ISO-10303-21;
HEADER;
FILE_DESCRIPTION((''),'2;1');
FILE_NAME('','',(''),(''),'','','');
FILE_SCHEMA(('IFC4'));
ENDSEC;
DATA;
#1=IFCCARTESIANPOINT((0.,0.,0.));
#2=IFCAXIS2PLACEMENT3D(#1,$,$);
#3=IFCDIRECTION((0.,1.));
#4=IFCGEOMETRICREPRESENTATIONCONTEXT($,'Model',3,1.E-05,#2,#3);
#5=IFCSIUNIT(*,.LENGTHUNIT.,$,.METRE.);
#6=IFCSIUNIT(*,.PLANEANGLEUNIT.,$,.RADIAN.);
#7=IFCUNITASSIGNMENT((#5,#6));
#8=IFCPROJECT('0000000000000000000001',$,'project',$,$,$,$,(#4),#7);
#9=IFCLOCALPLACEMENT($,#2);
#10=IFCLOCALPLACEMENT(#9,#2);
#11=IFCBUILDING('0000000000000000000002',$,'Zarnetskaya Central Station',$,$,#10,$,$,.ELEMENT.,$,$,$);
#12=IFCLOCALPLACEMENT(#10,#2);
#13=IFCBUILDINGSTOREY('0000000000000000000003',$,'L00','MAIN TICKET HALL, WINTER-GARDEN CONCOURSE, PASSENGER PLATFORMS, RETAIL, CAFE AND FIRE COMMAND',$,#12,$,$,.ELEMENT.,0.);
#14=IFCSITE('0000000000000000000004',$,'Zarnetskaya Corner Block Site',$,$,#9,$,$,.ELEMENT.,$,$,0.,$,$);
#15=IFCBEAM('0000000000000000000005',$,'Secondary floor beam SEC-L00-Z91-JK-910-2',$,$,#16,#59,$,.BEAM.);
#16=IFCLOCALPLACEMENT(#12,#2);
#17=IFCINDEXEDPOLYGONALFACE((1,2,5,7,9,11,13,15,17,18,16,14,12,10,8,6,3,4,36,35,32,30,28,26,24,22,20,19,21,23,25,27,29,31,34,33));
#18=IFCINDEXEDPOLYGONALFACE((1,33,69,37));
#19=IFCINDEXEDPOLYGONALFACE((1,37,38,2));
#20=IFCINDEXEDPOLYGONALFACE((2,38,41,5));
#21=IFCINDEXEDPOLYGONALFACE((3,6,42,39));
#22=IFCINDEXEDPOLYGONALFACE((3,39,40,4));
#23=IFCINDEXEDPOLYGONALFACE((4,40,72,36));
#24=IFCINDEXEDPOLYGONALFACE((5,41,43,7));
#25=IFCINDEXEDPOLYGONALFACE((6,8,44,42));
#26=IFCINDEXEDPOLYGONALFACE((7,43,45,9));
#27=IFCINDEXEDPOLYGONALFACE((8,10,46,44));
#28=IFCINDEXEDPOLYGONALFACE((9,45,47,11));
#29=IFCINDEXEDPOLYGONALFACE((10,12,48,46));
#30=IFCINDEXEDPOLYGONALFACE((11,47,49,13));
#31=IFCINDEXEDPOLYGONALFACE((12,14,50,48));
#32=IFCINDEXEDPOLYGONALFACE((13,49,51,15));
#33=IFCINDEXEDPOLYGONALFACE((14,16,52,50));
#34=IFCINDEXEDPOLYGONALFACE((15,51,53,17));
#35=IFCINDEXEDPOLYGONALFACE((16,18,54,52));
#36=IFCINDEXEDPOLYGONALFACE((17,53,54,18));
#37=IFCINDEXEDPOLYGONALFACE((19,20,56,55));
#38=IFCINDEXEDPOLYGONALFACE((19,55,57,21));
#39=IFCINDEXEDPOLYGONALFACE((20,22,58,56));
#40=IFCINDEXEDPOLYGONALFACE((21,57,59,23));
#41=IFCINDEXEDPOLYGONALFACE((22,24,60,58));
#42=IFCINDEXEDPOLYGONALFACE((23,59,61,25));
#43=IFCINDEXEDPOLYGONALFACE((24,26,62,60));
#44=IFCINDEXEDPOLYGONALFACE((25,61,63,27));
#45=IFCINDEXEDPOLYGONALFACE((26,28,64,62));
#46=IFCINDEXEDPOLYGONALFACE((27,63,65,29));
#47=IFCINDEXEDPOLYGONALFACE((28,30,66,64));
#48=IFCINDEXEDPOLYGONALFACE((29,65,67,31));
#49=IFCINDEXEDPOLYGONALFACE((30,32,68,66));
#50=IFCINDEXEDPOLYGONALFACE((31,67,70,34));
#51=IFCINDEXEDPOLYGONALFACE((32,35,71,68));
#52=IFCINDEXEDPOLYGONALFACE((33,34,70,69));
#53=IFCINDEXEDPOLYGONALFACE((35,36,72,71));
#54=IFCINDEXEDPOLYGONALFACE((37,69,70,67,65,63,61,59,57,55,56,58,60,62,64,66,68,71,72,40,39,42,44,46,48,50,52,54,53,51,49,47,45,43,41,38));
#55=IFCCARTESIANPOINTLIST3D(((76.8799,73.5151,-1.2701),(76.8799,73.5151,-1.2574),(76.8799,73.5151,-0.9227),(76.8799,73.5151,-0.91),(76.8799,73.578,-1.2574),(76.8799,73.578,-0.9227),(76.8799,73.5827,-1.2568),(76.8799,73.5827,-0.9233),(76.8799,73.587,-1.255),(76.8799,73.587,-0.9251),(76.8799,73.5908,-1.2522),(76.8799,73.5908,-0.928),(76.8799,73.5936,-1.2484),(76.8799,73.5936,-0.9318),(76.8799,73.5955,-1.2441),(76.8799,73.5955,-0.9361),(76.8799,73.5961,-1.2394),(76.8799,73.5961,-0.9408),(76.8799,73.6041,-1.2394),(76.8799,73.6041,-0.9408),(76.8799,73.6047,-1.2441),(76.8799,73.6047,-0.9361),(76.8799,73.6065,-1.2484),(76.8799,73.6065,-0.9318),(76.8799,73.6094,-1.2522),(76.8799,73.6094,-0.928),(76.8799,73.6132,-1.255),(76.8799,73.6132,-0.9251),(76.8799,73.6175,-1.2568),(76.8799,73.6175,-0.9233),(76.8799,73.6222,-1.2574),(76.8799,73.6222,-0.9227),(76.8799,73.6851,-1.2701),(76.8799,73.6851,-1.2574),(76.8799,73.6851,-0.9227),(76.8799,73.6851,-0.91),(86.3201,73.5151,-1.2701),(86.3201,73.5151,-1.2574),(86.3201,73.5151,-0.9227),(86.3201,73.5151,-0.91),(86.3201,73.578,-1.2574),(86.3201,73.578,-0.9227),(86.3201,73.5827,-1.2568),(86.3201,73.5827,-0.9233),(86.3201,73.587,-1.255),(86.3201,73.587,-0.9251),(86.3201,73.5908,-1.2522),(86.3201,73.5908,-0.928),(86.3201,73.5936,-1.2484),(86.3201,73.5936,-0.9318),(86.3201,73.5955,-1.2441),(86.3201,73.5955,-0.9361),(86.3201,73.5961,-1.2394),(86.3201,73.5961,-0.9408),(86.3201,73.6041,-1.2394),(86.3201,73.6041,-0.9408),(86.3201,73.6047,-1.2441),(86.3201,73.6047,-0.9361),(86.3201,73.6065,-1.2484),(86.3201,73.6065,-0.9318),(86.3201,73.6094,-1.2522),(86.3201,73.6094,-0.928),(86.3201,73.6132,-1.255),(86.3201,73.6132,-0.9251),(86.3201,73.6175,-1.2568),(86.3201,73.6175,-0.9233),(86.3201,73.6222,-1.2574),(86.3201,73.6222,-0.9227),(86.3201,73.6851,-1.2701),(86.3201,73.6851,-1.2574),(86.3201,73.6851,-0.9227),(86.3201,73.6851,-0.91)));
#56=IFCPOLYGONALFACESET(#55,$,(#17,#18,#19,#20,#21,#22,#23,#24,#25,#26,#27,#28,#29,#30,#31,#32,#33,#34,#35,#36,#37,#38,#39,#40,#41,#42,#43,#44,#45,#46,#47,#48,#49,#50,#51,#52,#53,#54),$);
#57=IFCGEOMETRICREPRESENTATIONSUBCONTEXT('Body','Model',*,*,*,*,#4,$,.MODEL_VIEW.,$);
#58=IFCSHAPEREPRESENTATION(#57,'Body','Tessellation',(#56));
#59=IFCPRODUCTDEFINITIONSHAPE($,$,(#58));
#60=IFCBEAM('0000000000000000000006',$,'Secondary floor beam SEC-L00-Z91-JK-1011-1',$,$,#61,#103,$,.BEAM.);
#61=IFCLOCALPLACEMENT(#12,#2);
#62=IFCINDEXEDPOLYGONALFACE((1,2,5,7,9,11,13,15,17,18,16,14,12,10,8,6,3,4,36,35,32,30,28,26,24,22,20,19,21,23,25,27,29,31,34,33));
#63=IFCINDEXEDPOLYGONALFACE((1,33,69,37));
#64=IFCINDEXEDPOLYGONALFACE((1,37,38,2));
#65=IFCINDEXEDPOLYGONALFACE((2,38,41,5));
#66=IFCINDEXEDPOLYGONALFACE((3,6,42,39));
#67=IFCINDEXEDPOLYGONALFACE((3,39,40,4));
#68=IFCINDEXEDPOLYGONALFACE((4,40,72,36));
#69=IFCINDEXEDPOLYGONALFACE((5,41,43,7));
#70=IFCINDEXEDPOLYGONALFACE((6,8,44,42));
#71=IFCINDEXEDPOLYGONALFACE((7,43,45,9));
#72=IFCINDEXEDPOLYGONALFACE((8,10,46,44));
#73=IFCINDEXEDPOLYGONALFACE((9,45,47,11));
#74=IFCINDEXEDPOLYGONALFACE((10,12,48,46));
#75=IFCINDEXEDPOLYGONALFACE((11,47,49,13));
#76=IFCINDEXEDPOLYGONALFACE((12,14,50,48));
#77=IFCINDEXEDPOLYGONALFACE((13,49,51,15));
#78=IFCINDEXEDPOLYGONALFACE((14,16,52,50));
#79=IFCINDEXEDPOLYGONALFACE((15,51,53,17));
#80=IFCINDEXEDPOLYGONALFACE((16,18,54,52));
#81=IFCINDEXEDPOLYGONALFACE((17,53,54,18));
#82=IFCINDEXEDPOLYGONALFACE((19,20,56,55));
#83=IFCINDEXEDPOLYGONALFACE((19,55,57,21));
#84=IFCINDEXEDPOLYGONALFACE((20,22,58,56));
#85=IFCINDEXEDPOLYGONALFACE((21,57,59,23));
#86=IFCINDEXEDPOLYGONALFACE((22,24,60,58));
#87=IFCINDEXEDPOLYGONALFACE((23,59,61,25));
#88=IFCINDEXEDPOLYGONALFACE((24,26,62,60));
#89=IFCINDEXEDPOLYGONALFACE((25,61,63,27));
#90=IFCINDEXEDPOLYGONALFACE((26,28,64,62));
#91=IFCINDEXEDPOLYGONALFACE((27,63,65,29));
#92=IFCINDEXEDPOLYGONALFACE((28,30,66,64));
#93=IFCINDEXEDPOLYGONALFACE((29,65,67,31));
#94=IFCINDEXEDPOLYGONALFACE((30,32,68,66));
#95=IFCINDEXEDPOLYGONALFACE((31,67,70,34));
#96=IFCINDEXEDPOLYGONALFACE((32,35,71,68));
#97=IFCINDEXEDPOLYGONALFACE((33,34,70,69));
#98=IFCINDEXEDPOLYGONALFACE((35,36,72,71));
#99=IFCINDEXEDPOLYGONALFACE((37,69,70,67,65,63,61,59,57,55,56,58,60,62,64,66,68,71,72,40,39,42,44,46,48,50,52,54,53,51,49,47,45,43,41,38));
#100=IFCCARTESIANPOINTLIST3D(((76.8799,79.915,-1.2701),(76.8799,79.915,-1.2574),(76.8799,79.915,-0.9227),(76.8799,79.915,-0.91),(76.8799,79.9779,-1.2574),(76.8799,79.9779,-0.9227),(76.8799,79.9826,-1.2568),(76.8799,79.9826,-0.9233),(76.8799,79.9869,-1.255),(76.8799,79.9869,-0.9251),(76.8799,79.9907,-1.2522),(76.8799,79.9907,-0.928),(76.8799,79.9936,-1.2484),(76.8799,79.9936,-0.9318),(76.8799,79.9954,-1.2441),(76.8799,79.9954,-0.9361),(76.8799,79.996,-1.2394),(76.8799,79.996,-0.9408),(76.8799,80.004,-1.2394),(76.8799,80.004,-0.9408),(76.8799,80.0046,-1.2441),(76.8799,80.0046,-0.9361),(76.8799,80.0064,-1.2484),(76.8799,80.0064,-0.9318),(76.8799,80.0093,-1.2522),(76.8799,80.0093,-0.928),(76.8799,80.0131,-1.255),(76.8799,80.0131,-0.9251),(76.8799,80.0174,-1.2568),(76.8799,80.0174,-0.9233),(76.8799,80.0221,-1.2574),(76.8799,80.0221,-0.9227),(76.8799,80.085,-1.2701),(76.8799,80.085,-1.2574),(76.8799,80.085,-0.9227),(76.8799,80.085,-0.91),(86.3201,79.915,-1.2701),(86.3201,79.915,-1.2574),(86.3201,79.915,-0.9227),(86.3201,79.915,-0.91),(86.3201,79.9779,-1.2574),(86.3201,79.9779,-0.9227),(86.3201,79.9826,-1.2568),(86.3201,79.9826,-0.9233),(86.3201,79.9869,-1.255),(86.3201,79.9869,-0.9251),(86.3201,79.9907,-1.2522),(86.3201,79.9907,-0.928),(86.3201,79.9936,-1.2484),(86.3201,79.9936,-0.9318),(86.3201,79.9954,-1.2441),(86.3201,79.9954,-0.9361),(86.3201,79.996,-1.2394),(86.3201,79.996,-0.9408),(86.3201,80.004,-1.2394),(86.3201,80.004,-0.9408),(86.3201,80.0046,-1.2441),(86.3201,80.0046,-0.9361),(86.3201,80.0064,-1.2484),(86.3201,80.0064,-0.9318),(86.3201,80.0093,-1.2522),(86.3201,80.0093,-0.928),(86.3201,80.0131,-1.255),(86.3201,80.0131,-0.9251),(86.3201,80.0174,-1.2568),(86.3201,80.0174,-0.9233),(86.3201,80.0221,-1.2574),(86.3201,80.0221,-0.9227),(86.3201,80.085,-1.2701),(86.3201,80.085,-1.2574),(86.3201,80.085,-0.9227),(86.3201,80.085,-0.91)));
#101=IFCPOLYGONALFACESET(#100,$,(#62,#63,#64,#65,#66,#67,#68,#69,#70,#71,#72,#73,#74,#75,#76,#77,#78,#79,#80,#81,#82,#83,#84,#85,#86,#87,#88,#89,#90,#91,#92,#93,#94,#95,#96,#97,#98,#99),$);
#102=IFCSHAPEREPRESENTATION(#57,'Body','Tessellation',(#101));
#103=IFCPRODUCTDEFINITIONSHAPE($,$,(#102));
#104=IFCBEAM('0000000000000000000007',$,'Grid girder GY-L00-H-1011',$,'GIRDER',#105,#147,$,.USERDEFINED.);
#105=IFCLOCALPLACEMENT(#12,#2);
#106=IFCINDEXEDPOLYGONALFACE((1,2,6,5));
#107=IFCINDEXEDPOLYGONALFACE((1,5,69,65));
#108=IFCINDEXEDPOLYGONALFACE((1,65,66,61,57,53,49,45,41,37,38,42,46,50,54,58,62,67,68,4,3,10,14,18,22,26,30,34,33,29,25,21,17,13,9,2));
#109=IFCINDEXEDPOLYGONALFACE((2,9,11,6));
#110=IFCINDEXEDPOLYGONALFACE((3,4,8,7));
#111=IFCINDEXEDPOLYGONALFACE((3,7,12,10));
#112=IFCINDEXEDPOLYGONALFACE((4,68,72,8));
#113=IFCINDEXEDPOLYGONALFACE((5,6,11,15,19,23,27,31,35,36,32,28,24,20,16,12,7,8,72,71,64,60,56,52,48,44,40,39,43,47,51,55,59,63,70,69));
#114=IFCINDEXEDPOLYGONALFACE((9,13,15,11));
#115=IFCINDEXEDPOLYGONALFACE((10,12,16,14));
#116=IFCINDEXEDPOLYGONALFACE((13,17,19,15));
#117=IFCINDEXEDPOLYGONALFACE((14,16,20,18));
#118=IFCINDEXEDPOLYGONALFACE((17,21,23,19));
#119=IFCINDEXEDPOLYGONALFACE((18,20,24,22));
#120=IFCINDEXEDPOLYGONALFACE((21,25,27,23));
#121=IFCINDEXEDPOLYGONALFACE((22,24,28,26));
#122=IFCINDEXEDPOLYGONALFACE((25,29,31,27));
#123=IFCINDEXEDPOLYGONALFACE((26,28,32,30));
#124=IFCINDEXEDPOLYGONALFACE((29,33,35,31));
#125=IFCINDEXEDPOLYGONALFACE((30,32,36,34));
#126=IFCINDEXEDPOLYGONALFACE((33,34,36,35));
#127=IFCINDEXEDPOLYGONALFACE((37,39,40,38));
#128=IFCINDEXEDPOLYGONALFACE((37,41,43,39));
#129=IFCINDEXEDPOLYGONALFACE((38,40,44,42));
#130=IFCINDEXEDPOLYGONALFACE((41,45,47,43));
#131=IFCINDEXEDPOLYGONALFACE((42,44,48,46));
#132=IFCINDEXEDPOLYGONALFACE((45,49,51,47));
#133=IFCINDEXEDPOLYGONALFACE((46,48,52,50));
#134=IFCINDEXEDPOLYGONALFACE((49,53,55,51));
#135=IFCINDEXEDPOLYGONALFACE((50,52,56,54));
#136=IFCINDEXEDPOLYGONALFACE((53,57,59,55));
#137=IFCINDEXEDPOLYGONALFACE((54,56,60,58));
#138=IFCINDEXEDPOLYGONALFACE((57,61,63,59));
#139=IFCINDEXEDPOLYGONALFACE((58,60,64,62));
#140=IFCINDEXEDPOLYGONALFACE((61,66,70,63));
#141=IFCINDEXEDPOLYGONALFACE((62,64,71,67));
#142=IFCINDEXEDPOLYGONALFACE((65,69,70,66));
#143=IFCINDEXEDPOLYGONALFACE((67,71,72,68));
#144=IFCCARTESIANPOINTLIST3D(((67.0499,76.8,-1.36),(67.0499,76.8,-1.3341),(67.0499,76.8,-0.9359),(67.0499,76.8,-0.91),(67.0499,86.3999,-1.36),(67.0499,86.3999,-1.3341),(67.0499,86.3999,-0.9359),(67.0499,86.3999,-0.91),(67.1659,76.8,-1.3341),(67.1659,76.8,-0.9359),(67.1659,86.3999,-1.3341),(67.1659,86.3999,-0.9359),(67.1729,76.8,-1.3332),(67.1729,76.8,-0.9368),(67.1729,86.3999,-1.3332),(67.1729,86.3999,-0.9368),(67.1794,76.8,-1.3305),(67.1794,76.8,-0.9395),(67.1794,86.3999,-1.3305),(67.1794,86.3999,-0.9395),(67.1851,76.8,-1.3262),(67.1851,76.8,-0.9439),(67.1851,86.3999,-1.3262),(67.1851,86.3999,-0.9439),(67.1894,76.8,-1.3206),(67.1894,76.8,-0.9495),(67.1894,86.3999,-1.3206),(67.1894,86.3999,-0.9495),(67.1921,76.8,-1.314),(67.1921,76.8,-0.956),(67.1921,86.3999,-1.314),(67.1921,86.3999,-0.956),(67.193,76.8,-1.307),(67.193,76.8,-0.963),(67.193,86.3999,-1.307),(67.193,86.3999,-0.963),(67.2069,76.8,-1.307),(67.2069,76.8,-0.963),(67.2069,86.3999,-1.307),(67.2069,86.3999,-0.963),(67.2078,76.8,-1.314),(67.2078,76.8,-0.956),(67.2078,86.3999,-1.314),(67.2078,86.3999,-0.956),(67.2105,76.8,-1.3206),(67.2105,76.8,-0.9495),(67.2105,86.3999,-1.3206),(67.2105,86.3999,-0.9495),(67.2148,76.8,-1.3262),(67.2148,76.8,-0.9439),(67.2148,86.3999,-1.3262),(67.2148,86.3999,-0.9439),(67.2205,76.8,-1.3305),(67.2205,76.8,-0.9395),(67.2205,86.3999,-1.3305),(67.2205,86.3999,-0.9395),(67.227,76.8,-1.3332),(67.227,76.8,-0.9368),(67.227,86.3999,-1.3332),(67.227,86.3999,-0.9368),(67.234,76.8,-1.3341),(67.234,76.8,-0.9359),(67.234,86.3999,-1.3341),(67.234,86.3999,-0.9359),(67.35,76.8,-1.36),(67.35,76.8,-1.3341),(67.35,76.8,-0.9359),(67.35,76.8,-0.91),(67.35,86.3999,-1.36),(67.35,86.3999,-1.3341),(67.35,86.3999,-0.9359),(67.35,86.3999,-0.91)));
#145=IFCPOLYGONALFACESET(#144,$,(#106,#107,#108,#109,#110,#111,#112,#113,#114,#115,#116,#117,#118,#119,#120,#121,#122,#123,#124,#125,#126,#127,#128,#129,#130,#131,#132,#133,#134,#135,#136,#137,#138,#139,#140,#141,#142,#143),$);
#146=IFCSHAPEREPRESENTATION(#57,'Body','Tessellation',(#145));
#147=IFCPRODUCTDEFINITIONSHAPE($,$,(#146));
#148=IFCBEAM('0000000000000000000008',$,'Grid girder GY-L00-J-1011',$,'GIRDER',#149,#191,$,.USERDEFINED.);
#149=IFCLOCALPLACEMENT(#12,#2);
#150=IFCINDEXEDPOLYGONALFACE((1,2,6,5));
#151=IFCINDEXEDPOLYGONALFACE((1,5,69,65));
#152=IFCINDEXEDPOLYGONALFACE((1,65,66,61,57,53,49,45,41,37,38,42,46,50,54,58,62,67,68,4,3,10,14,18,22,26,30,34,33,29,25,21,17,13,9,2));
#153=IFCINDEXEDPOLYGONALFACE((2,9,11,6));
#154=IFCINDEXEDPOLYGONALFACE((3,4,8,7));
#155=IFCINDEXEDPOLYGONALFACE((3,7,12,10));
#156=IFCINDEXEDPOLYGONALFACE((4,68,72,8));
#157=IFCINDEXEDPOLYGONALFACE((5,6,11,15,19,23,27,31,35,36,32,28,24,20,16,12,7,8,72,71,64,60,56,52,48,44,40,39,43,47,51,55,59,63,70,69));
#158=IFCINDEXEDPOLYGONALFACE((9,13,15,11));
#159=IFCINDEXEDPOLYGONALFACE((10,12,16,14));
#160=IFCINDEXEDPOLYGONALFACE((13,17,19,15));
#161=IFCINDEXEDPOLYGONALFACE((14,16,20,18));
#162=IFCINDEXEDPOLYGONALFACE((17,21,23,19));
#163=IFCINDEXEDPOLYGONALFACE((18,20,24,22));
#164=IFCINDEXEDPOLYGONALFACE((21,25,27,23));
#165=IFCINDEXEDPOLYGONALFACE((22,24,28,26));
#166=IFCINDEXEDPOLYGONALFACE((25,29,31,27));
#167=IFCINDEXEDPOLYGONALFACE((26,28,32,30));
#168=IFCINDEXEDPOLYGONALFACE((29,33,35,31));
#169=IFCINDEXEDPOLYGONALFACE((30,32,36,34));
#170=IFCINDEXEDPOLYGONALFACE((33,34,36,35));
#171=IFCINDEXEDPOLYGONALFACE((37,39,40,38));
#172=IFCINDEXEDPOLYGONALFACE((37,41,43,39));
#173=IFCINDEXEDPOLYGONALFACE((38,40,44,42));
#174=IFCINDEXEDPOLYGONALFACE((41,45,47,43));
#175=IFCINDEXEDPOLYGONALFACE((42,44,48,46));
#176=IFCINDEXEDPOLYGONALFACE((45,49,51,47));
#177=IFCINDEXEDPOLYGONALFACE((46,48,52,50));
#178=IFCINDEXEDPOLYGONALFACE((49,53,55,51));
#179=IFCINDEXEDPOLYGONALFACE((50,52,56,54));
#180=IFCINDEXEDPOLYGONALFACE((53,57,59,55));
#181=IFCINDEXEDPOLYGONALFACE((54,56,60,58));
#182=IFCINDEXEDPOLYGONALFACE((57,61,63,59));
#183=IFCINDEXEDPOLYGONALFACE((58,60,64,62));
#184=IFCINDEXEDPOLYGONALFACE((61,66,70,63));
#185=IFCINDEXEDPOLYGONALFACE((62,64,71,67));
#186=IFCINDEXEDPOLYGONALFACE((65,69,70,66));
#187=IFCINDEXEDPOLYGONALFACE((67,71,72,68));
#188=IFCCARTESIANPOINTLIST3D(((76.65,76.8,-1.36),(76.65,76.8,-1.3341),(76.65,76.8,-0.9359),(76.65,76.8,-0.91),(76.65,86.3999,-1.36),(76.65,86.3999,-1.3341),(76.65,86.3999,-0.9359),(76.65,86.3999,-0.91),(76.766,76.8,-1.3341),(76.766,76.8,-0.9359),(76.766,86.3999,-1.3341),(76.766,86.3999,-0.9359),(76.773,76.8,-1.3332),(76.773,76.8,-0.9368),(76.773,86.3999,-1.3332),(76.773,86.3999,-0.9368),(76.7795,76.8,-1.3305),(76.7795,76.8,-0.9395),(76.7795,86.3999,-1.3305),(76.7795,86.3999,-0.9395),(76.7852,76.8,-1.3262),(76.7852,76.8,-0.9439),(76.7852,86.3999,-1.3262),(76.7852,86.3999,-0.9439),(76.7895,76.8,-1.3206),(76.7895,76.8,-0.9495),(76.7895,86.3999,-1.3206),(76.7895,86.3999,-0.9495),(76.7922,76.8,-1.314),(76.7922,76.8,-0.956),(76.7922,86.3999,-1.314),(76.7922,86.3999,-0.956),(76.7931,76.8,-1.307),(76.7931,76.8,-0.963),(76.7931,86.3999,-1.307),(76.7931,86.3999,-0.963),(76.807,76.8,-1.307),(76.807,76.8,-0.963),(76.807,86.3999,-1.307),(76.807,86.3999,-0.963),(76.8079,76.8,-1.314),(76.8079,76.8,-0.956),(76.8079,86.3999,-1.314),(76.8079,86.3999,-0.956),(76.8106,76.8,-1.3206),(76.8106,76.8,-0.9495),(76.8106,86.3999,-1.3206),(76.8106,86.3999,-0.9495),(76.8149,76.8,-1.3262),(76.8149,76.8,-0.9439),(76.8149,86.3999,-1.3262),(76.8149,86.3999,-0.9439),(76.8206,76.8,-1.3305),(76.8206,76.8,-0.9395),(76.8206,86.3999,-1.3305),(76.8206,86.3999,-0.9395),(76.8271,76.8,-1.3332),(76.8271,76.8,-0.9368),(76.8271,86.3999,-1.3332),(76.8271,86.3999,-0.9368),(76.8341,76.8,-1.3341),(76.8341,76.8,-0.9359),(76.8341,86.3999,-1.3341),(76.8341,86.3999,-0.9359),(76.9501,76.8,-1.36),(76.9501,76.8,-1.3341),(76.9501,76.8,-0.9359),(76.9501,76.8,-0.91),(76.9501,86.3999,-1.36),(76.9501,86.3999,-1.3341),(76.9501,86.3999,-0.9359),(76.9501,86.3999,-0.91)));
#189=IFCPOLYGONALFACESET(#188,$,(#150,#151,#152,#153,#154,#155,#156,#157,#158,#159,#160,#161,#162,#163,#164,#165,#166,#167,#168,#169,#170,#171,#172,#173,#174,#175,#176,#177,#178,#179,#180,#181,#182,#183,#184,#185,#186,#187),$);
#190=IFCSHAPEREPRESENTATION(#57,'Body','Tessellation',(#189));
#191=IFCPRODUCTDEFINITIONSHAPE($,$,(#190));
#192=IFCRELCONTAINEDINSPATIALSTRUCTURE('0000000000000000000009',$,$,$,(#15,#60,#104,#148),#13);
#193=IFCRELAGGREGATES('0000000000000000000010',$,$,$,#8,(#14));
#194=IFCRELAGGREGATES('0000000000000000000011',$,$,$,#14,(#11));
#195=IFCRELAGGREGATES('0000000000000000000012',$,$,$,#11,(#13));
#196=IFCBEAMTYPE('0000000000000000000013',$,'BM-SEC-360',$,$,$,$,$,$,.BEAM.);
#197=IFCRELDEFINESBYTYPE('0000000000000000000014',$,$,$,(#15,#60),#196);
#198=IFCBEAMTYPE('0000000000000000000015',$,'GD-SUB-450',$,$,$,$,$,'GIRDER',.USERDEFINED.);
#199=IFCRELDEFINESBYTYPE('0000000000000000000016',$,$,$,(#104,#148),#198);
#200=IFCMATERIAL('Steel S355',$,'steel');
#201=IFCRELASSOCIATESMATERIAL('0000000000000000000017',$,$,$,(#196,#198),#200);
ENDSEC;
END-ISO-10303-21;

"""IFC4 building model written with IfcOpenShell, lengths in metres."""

from ifc_helpers import new_model, si_unit, direction, frame, origin, origin_2d, place, context, subcontext, project, spatial, i_section, extrude, material, material_profile, profile_set, type_object, element, save


model = new_model("IFC4")

# Units and contexts
model_context = context("Model", 3, precision=1e-05, world=origin(), true_north=direction((0.0, 1.0)))
body_context = subcontext(model_context, "Body", "Model", "MODEL_VIEW")
ifc_project = project(units=[si_unit("LENGTHUNIT", "METRE"), si_unit("PLANEANGLEUNIT", "RADIAN")], contexts=[model_context])

# Site, building, storey
site_placement = place(None, origin())
site = spatial("IfcSite", under=ifc_project, at=site_placement, Name="Zarnetskaya Corner Block Site", CompositionType="ELEMENT", RefElevation=0.0)
building_placement = place(site_placement, origin())
building = spatial("IfcBuilding", under=site, at=building_placement, Name="Zarnetskaya Central Station", CompositionType="ELEMENT")
storey_placement = place(building_placement, origin())
storey = spatial("IfcBuildingStorey", under=building, at=storey_placement, Name="L00", Description="MAIN TICKET HALL, WINTER-GARDEN CONCOURSE, PASSENGER PLATFORMS, RETAIL, CAFE AND FIRE COMMAND", CompositionType="ELEMENT", Elevation=0.0)

# Shared definitions
ifc_material = material(Name="Steel S355", Category="steel")

# Beams
ifc_material_profile_1 = material_profile(ifc_material, i_section(OverallWidth=0.1699, OverallDepth=0.3601, WebThickness=0.0081, FlangeThickness=0.0127, FilletRadius=0.0181, at=origin_2d()), Name="IPE 360")
ifc_profile_set_1 = profile_set([ifc_material_profile_1], Name="Steel S355")
beam_type_1 = type_object("IfcBeamType", Name="BM-SEC-360", PredefinedType="BEAM", material=ifc_profile_set_1)
for number, where, z_axis, x_axis, name in (
    (1, (76.8799, 73.6001, -1.0901), (1.0, 0.0, 0.0), (0.0, 1.0, 0.0), "Secondary floor beam SEC-L00-Z91-JK-910-2"),
    (2, (76.8799, 80.0, -1.0901), (1.0, 0.0, 0.0), (0.0, 1.0, 0.0), "Secondary floor beam SEC-L00-Z91-JK-1011-1"),
):
    element("IfcBeam", number, at=place(storey_placement, frame(where, z_axis=z_axis, x_axis=x_axis)), inside=storey, type_object=beam_type_1, Name=name, PredefinedType="BEAM", context=body_context, shape_type="SweptSolid", body=[
        extrude(i_section(OverallWidth=0.1699, OverallDepth=0.3601, WebThickness=0.0081, FlangeThickness=0.0127, FilletRadius=0.0181, at=origin_2d()), origin(), (0.0, 0.0, 1.0), 9.4402),
    ])
ifc_material_profile_2 = material_profile(ifc_material, i_section(OverallWidth=0.3, OverallDepth=0.45, WebThickness=0.0139, FlangeThickness=0.0259, FilletRadius=0.0271, at=origin_2d()), Name="HEB 450")
ifc_profile_set_2 = profile_set([ifc_material_profile_2], Name="Steel S355")
beam_type_2 = type_object("IfcBeamType", Name="GD-SUB-450", ElementType="GIRDER", PredefinedType="USERDEFINED", material=ifc_profile_set_2)
for number, where, z_axis, x_axis, name in (
    (3, (67.2, 76.8, -1.135), (0.0, 1.0, 0.0), (-1.0, 0.0, 0.0), "Grid girder GY-L00-H-1011"),
    (4, (76.8, 76.8, -1.135), (0.0, 1.0, 0.0), (-1.0, 0.0, 0.0), "Grid girder GY-L00-J-1011"),
):
    element("IfcBeam", number, at=place(storey_placement, frame(where, z_axis=z_axis, x_axis=x_axis)), inside=storey, type_object=beam_type_2, Name=name, ObjectType="GIRDER", PredefinedType="USERDEFINED", context=body_context, shape_type="SweptSolid", body=[
        extrude(i_section(OverallWidth=0.3, OverallDepth=0.45, WebThickness=0.0139, FlangeThickness=0.0259, FilletRadius=0.0271, at=origin_2d()), origin(), (0.0, 0.0, 1.0), 9.5999),
    ])

save(model, "model.ifc")
